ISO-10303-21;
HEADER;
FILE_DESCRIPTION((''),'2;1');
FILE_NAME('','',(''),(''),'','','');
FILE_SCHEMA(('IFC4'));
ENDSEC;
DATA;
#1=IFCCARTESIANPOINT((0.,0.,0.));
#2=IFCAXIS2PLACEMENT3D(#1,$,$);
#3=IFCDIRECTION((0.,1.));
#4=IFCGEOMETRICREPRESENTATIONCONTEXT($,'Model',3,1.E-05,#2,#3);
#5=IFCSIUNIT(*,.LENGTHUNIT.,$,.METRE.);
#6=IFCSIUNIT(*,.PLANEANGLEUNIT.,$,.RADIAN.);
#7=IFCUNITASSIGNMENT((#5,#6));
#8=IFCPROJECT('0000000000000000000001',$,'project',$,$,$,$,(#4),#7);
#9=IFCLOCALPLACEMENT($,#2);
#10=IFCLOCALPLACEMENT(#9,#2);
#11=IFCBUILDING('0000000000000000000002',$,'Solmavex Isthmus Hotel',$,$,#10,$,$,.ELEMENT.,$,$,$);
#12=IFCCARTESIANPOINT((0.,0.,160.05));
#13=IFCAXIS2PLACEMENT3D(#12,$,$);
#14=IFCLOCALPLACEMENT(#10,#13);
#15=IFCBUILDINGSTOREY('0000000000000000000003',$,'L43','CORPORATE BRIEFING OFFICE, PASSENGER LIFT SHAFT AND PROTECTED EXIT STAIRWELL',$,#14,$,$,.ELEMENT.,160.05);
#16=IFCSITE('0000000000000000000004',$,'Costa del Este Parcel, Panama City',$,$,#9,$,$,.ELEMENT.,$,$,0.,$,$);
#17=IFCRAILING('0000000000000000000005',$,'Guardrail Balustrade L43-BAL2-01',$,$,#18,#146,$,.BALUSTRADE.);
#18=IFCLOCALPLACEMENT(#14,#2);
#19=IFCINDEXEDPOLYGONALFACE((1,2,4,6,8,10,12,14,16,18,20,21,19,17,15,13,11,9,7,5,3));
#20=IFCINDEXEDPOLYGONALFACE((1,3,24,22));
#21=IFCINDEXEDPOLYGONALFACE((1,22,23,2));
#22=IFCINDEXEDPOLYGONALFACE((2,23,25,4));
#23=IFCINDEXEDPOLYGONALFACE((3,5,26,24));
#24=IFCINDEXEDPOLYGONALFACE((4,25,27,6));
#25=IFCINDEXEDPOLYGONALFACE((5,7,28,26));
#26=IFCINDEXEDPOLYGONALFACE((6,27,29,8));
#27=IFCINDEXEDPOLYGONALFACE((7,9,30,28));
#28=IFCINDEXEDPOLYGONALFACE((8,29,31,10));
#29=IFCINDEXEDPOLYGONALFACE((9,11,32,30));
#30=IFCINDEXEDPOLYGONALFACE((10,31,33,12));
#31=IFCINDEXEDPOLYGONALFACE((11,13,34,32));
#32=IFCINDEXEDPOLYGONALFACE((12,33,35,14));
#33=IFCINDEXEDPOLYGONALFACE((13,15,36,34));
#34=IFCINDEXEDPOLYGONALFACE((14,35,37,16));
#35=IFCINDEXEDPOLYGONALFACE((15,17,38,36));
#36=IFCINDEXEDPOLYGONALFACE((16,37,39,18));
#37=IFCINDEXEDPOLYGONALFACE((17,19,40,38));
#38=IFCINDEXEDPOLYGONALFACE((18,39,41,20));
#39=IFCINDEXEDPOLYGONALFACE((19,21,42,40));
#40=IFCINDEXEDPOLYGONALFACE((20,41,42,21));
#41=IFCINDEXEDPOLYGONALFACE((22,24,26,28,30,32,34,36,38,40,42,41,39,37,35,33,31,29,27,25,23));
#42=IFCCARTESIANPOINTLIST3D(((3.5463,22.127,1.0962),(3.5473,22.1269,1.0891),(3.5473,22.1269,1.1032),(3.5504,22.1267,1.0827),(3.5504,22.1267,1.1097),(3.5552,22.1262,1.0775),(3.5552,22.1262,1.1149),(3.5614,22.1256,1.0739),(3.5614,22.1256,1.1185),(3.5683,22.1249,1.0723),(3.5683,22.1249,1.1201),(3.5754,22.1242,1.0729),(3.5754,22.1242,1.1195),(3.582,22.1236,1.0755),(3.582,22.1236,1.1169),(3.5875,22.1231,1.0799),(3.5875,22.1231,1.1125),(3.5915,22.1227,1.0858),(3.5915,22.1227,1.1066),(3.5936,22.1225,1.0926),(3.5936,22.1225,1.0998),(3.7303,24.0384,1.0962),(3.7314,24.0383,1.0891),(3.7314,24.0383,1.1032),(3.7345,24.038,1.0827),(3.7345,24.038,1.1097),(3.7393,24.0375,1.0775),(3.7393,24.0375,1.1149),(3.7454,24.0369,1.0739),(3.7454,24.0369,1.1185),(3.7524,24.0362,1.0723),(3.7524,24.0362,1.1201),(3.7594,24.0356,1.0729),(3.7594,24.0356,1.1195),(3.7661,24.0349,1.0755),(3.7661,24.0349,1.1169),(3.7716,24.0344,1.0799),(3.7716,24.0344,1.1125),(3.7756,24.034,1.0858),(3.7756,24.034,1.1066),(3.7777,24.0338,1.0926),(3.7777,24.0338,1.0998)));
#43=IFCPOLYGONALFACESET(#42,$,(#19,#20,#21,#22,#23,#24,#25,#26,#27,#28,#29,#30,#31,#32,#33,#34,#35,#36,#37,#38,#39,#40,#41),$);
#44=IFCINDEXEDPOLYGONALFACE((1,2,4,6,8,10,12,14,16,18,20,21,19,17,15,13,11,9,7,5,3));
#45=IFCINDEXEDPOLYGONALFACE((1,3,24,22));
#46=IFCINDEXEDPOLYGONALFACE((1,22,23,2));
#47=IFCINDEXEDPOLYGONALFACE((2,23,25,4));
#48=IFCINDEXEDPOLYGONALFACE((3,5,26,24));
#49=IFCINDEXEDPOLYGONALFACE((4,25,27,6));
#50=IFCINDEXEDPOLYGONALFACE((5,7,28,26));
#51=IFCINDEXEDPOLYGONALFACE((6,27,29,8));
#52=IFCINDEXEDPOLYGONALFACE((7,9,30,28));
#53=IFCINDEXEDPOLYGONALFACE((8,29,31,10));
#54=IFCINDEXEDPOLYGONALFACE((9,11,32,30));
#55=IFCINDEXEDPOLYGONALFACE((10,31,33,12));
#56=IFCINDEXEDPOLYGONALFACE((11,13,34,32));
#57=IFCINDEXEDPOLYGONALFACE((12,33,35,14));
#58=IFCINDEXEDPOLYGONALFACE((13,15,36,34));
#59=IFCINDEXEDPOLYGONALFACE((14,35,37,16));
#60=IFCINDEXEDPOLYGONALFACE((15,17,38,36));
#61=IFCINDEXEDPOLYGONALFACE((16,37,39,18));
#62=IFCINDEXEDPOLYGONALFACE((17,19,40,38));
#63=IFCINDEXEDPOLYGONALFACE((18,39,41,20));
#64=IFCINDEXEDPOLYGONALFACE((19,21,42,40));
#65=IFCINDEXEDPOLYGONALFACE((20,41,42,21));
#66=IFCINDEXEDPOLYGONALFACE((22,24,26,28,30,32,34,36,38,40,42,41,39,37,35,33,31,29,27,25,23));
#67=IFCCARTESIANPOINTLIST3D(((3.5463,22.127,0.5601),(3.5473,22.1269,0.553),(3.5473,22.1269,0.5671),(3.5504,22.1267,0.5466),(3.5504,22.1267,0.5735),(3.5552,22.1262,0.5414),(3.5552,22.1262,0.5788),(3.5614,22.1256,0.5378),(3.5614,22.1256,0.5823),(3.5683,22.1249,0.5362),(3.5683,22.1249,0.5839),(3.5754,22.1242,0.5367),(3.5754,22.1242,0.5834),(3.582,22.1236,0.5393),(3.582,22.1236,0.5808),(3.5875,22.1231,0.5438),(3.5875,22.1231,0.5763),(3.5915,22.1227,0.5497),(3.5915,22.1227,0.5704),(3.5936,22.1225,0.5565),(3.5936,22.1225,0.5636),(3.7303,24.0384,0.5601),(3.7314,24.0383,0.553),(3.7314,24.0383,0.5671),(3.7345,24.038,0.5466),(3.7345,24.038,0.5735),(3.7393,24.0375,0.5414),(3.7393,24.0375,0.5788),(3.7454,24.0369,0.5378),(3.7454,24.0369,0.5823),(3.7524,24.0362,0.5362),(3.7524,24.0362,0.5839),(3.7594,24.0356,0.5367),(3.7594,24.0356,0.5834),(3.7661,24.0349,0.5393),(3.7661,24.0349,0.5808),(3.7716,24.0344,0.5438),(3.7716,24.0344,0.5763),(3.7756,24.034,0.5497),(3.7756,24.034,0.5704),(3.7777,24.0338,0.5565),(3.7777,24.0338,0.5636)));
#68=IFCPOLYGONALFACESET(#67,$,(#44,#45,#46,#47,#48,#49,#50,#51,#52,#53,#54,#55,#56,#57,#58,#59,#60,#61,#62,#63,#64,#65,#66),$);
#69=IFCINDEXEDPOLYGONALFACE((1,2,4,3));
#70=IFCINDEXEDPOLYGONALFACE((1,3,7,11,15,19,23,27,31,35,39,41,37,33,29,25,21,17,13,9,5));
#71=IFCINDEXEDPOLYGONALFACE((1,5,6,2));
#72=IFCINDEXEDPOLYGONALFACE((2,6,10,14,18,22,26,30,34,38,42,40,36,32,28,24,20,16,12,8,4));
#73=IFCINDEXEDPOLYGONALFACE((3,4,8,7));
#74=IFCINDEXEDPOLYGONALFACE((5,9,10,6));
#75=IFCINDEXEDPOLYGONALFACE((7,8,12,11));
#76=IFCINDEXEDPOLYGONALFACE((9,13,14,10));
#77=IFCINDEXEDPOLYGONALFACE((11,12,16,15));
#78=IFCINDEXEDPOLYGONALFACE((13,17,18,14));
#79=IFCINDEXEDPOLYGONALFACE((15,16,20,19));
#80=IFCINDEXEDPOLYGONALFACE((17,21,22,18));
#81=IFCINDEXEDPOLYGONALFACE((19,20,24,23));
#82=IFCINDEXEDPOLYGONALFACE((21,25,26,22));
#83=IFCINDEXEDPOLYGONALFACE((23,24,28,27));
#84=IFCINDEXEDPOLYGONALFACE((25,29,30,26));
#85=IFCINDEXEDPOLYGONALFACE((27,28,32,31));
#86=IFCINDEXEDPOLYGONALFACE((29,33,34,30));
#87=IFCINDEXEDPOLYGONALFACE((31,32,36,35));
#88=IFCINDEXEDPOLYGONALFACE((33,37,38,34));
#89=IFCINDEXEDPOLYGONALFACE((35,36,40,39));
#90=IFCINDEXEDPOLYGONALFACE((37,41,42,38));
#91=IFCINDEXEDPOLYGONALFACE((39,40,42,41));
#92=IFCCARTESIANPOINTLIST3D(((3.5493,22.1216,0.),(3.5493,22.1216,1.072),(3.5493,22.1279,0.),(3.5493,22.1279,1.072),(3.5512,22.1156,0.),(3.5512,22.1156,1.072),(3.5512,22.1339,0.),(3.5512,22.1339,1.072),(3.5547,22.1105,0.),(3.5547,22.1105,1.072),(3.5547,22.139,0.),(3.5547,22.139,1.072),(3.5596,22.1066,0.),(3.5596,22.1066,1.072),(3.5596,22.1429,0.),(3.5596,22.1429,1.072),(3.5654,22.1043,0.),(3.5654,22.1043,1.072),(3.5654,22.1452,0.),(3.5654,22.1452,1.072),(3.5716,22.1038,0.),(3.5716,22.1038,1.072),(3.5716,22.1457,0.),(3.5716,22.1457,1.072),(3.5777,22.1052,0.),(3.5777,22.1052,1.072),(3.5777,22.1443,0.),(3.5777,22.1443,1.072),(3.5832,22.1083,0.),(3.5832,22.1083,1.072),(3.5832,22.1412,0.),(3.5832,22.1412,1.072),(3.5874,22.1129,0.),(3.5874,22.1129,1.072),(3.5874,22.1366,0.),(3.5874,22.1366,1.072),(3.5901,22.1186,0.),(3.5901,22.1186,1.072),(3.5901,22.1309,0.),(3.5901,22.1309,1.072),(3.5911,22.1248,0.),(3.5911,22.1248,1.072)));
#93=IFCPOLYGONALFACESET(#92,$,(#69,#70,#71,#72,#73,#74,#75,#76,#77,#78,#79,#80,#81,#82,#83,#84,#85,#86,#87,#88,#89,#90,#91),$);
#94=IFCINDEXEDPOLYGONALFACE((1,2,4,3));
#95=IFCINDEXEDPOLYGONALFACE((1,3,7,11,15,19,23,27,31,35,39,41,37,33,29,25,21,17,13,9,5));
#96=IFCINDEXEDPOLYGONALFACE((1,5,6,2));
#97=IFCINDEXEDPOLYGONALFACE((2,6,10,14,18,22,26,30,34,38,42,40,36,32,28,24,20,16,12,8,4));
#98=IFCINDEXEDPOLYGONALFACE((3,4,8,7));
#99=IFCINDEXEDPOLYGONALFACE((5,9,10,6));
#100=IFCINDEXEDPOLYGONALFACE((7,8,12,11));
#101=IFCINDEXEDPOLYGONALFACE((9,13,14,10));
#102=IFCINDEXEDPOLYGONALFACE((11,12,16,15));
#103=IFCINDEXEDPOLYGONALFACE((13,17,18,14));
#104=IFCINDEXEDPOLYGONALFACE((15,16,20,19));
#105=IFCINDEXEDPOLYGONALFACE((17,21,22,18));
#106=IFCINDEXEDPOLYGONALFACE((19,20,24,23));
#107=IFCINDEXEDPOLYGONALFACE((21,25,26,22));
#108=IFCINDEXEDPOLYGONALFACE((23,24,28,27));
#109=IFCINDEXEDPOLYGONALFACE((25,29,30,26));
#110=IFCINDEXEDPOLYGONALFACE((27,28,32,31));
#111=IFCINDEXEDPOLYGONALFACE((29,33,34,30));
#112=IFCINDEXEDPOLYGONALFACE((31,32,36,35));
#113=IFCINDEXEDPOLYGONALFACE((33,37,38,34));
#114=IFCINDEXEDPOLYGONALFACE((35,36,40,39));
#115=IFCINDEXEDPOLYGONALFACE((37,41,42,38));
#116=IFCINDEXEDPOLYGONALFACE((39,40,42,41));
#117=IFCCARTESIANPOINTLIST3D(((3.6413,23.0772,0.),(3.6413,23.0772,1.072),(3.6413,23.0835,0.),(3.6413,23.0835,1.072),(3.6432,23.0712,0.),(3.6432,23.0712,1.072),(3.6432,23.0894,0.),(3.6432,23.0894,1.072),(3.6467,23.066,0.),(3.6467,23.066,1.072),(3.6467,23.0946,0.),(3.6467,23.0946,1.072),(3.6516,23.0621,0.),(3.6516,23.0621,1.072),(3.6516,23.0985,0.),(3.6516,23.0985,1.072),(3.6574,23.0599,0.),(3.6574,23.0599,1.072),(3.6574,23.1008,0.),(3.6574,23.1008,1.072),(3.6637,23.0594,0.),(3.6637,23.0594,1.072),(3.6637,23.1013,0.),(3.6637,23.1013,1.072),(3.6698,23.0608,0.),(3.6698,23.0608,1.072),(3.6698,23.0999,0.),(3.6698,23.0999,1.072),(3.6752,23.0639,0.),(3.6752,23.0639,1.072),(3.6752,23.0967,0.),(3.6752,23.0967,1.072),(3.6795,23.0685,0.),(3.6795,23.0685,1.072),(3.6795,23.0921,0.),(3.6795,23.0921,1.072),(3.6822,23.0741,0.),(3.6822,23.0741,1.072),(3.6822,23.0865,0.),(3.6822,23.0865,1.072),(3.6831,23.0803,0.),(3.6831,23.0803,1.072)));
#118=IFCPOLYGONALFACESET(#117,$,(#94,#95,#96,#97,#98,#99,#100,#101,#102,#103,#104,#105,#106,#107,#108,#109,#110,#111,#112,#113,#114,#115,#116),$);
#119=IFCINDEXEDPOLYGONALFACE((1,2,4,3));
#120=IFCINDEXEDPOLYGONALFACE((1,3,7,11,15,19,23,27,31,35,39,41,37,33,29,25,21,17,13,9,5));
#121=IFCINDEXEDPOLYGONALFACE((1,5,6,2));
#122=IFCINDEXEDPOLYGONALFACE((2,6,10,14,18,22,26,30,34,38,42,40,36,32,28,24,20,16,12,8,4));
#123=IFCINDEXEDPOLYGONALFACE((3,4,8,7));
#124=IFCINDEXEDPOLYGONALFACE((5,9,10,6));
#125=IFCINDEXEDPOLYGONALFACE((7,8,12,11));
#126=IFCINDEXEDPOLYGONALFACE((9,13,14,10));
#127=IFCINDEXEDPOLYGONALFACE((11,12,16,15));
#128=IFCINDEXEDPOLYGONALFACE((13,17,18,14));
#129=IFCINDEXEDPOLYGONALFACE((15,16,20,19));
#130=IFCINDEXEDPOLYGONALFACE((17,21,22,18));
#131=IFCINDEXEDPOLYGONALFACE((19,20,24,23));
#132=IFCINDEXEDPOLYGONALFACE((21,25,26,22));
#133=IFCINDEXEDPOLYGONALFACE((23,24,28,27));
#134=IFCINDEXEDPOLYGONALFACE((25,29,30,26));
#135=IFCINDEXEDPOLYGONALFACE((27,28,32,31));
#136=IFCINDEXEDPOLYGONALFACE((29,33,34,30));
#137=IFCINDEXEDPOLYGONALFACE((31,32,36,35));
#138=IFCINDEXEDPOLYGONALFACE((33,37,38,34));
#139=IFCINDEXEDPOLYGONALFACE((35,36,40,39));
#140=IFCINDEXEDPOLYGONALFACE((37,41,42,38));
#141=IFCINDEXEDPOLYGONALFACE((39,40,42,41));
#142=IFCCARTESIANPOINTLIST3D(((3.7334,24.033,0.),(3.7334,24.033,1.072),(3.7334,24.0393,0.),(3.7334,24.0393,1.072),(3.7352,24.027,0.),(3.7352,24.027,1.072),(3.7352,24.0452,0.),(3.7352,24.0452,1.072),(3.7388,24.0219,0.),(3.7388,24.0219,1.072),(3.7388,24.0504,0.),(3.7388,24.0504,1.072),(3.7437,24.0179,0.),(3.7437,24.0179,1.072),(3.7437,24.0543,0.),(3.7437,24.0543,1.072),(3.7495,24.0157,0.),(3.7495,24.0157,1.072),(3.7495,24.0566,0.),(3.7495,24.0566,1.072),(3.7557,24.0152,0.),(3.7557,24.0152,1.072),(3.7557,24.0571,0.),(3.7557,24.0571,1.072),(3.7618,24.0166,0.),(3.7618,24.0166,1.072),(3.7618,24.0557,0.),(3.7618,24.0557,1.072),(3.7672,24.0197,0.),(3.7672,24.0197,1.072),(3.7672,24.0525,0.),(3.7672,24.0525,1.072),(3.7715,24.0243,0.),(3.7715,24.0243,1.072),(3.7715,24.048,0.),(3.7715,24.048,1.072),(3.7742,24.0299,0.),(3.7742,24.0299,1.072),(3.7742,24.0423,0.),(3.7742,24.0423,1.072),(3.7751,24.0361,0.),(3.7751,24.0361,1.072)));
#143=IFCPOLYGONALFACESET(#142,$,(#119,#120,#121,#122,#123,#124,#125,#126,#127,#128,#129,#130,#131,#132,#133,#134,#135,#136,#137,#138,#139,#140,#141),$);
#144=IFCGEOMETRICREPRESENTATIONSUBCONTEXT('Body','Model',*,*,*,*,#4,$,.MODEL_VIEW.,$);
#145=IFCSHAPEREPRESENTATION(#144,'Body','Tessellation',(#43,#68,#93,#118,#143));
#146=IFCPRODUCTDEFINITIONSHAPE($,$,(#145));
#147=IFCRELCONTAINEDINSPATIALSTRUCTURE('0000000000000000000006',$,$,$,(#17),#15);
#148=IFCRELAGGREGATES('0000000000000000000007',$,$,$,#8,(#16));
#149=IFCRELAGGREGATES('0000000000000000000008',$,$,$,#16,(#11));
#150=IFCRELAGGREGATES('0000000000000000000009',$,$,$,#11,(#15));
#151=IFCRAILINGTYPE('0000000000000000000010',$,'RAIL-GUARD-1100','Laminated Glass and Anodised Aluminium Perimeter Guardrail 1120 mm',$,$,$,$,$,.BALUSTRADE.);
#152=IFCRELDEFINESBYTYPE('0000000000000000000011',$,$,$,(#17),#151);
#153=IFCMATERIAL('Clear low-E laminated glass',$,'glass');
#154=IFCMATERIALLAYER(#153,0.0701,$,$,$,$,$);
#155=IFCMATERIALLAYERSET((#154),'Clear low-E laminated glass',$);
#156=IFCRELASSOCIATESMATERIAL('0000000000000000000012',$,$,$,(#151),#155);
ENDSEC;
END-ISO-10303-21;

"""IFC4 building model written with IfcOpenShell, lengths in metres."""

from ifc_helpers import new_model, si_unit, direction, frame, origin, origin_2d, place, context, subcontext, project, spatial, circle, extrude, material, layer, layer_set, type_object, element, save


model = new_model("IFC4")

# Units and contexts
model_context = context("Model", 3, precision=1e-05, world=origin(), true_north=direction((0.0, 1.0)))
body_context = subcontext(model_context, "Body", "Model", "MODEL_VIEW")
ifc_project = project(units=[si_unit("LENGTHUNIT", "METRE"), si_unit("PLANEANGLEUNIT", "RADIAN")], contexts=[model_context])

# Site, building, storey
site_placement = place(None, origin())
site = spatial("IfcSite", under=ifc_project, at=site_placement, Name="Costa del Este Parcel, Panama City", CompositionType="ELEMENT", RefElevation=0.0)
building_placement = place(site_placement, origin())
building = spatial("IfcBuilding", under=site, at=building_placement, Name="Solmavex Isthmus Hotel", CompositionType="ELEMENT")
storey_placement = place(building_placement, frame((0.0, 0.0, 160.05)))
storey = spatial("IfcBuildingStorey", under=building, at=storey_placement, Name="L43", Description="CORPORATE BRIEFING OFFICE, PASSENGER LIFT SHAFT AND PROTECTED EXIT STAIRWELL", CompositionType="ELEMENT", Elevation=160.05)

# Shared definitions
ifc_material_1 = material(Name="Clear low-E laminated glass", Category="glass")

# Railing
ifc_layer_1 = layer(ifc_material_1, 0.0701)
ifc_layer_set_1 = layer_set([ifc_layer_1], Name="Clear low-E laminated glass")
railing_type = type_object("IfcRailingType", Name="RAIL-GUARD-1100", Description="Laminated Glass and Anodised Aluminium Perimeter Guardrail 1120 mm", PredefinedType="BALUSTRADE", material=ifc_layer_set_1)
railing_1_placement = place(storey_placement, frame((3.5701, 22.1248, 0.0)))
element("IfcRailing", 1, at=railing_1_placement, inside=storey, type_object=railing_type, Name="Guardrail Balustrade L43-BAL2-01", PredefinedType="BALUSTRADE", context=body_context, shape_type="SweptSolid", body=[
    extrude(circle(Radius=0.0239, at=origin_2d()), frame((0.0, 0.0, 1.0962), z_axis=(0.095865, 0.995394, 0.0), x_axis=(-0.995394, 0.095865, 0.0)), (0.0, 0.0, 1.0), 1.9202),
    extrude(circle(Radius=0.0239, at=origin_2d()), frame((0.0, 0.0, 0.5601), z_axis=(0.095865, 0.995394, 0.0), x_axis=(-0.995394, 0.095865, 0.0)), (0.0, 0.0, 1.0), 1.9202),
    extrude(circle(Radius=0.021, at=origin_2d()), origin(), (0.0, 0.0, 1.0), 1.072),
    extrude(circle(Radius=0.021, at=origin_2d()), frame((0.092, 0.9556, 0.0)), (0.0, 0.0, 1.0), 1.072),
    extrude(circle(Radius=0.021, at=origin_2d()), frame((0.1841, 1.9114, 0.0)), (0.0, 0.0, 1.0), 1.072),
])

save(model, "model.ifc")
